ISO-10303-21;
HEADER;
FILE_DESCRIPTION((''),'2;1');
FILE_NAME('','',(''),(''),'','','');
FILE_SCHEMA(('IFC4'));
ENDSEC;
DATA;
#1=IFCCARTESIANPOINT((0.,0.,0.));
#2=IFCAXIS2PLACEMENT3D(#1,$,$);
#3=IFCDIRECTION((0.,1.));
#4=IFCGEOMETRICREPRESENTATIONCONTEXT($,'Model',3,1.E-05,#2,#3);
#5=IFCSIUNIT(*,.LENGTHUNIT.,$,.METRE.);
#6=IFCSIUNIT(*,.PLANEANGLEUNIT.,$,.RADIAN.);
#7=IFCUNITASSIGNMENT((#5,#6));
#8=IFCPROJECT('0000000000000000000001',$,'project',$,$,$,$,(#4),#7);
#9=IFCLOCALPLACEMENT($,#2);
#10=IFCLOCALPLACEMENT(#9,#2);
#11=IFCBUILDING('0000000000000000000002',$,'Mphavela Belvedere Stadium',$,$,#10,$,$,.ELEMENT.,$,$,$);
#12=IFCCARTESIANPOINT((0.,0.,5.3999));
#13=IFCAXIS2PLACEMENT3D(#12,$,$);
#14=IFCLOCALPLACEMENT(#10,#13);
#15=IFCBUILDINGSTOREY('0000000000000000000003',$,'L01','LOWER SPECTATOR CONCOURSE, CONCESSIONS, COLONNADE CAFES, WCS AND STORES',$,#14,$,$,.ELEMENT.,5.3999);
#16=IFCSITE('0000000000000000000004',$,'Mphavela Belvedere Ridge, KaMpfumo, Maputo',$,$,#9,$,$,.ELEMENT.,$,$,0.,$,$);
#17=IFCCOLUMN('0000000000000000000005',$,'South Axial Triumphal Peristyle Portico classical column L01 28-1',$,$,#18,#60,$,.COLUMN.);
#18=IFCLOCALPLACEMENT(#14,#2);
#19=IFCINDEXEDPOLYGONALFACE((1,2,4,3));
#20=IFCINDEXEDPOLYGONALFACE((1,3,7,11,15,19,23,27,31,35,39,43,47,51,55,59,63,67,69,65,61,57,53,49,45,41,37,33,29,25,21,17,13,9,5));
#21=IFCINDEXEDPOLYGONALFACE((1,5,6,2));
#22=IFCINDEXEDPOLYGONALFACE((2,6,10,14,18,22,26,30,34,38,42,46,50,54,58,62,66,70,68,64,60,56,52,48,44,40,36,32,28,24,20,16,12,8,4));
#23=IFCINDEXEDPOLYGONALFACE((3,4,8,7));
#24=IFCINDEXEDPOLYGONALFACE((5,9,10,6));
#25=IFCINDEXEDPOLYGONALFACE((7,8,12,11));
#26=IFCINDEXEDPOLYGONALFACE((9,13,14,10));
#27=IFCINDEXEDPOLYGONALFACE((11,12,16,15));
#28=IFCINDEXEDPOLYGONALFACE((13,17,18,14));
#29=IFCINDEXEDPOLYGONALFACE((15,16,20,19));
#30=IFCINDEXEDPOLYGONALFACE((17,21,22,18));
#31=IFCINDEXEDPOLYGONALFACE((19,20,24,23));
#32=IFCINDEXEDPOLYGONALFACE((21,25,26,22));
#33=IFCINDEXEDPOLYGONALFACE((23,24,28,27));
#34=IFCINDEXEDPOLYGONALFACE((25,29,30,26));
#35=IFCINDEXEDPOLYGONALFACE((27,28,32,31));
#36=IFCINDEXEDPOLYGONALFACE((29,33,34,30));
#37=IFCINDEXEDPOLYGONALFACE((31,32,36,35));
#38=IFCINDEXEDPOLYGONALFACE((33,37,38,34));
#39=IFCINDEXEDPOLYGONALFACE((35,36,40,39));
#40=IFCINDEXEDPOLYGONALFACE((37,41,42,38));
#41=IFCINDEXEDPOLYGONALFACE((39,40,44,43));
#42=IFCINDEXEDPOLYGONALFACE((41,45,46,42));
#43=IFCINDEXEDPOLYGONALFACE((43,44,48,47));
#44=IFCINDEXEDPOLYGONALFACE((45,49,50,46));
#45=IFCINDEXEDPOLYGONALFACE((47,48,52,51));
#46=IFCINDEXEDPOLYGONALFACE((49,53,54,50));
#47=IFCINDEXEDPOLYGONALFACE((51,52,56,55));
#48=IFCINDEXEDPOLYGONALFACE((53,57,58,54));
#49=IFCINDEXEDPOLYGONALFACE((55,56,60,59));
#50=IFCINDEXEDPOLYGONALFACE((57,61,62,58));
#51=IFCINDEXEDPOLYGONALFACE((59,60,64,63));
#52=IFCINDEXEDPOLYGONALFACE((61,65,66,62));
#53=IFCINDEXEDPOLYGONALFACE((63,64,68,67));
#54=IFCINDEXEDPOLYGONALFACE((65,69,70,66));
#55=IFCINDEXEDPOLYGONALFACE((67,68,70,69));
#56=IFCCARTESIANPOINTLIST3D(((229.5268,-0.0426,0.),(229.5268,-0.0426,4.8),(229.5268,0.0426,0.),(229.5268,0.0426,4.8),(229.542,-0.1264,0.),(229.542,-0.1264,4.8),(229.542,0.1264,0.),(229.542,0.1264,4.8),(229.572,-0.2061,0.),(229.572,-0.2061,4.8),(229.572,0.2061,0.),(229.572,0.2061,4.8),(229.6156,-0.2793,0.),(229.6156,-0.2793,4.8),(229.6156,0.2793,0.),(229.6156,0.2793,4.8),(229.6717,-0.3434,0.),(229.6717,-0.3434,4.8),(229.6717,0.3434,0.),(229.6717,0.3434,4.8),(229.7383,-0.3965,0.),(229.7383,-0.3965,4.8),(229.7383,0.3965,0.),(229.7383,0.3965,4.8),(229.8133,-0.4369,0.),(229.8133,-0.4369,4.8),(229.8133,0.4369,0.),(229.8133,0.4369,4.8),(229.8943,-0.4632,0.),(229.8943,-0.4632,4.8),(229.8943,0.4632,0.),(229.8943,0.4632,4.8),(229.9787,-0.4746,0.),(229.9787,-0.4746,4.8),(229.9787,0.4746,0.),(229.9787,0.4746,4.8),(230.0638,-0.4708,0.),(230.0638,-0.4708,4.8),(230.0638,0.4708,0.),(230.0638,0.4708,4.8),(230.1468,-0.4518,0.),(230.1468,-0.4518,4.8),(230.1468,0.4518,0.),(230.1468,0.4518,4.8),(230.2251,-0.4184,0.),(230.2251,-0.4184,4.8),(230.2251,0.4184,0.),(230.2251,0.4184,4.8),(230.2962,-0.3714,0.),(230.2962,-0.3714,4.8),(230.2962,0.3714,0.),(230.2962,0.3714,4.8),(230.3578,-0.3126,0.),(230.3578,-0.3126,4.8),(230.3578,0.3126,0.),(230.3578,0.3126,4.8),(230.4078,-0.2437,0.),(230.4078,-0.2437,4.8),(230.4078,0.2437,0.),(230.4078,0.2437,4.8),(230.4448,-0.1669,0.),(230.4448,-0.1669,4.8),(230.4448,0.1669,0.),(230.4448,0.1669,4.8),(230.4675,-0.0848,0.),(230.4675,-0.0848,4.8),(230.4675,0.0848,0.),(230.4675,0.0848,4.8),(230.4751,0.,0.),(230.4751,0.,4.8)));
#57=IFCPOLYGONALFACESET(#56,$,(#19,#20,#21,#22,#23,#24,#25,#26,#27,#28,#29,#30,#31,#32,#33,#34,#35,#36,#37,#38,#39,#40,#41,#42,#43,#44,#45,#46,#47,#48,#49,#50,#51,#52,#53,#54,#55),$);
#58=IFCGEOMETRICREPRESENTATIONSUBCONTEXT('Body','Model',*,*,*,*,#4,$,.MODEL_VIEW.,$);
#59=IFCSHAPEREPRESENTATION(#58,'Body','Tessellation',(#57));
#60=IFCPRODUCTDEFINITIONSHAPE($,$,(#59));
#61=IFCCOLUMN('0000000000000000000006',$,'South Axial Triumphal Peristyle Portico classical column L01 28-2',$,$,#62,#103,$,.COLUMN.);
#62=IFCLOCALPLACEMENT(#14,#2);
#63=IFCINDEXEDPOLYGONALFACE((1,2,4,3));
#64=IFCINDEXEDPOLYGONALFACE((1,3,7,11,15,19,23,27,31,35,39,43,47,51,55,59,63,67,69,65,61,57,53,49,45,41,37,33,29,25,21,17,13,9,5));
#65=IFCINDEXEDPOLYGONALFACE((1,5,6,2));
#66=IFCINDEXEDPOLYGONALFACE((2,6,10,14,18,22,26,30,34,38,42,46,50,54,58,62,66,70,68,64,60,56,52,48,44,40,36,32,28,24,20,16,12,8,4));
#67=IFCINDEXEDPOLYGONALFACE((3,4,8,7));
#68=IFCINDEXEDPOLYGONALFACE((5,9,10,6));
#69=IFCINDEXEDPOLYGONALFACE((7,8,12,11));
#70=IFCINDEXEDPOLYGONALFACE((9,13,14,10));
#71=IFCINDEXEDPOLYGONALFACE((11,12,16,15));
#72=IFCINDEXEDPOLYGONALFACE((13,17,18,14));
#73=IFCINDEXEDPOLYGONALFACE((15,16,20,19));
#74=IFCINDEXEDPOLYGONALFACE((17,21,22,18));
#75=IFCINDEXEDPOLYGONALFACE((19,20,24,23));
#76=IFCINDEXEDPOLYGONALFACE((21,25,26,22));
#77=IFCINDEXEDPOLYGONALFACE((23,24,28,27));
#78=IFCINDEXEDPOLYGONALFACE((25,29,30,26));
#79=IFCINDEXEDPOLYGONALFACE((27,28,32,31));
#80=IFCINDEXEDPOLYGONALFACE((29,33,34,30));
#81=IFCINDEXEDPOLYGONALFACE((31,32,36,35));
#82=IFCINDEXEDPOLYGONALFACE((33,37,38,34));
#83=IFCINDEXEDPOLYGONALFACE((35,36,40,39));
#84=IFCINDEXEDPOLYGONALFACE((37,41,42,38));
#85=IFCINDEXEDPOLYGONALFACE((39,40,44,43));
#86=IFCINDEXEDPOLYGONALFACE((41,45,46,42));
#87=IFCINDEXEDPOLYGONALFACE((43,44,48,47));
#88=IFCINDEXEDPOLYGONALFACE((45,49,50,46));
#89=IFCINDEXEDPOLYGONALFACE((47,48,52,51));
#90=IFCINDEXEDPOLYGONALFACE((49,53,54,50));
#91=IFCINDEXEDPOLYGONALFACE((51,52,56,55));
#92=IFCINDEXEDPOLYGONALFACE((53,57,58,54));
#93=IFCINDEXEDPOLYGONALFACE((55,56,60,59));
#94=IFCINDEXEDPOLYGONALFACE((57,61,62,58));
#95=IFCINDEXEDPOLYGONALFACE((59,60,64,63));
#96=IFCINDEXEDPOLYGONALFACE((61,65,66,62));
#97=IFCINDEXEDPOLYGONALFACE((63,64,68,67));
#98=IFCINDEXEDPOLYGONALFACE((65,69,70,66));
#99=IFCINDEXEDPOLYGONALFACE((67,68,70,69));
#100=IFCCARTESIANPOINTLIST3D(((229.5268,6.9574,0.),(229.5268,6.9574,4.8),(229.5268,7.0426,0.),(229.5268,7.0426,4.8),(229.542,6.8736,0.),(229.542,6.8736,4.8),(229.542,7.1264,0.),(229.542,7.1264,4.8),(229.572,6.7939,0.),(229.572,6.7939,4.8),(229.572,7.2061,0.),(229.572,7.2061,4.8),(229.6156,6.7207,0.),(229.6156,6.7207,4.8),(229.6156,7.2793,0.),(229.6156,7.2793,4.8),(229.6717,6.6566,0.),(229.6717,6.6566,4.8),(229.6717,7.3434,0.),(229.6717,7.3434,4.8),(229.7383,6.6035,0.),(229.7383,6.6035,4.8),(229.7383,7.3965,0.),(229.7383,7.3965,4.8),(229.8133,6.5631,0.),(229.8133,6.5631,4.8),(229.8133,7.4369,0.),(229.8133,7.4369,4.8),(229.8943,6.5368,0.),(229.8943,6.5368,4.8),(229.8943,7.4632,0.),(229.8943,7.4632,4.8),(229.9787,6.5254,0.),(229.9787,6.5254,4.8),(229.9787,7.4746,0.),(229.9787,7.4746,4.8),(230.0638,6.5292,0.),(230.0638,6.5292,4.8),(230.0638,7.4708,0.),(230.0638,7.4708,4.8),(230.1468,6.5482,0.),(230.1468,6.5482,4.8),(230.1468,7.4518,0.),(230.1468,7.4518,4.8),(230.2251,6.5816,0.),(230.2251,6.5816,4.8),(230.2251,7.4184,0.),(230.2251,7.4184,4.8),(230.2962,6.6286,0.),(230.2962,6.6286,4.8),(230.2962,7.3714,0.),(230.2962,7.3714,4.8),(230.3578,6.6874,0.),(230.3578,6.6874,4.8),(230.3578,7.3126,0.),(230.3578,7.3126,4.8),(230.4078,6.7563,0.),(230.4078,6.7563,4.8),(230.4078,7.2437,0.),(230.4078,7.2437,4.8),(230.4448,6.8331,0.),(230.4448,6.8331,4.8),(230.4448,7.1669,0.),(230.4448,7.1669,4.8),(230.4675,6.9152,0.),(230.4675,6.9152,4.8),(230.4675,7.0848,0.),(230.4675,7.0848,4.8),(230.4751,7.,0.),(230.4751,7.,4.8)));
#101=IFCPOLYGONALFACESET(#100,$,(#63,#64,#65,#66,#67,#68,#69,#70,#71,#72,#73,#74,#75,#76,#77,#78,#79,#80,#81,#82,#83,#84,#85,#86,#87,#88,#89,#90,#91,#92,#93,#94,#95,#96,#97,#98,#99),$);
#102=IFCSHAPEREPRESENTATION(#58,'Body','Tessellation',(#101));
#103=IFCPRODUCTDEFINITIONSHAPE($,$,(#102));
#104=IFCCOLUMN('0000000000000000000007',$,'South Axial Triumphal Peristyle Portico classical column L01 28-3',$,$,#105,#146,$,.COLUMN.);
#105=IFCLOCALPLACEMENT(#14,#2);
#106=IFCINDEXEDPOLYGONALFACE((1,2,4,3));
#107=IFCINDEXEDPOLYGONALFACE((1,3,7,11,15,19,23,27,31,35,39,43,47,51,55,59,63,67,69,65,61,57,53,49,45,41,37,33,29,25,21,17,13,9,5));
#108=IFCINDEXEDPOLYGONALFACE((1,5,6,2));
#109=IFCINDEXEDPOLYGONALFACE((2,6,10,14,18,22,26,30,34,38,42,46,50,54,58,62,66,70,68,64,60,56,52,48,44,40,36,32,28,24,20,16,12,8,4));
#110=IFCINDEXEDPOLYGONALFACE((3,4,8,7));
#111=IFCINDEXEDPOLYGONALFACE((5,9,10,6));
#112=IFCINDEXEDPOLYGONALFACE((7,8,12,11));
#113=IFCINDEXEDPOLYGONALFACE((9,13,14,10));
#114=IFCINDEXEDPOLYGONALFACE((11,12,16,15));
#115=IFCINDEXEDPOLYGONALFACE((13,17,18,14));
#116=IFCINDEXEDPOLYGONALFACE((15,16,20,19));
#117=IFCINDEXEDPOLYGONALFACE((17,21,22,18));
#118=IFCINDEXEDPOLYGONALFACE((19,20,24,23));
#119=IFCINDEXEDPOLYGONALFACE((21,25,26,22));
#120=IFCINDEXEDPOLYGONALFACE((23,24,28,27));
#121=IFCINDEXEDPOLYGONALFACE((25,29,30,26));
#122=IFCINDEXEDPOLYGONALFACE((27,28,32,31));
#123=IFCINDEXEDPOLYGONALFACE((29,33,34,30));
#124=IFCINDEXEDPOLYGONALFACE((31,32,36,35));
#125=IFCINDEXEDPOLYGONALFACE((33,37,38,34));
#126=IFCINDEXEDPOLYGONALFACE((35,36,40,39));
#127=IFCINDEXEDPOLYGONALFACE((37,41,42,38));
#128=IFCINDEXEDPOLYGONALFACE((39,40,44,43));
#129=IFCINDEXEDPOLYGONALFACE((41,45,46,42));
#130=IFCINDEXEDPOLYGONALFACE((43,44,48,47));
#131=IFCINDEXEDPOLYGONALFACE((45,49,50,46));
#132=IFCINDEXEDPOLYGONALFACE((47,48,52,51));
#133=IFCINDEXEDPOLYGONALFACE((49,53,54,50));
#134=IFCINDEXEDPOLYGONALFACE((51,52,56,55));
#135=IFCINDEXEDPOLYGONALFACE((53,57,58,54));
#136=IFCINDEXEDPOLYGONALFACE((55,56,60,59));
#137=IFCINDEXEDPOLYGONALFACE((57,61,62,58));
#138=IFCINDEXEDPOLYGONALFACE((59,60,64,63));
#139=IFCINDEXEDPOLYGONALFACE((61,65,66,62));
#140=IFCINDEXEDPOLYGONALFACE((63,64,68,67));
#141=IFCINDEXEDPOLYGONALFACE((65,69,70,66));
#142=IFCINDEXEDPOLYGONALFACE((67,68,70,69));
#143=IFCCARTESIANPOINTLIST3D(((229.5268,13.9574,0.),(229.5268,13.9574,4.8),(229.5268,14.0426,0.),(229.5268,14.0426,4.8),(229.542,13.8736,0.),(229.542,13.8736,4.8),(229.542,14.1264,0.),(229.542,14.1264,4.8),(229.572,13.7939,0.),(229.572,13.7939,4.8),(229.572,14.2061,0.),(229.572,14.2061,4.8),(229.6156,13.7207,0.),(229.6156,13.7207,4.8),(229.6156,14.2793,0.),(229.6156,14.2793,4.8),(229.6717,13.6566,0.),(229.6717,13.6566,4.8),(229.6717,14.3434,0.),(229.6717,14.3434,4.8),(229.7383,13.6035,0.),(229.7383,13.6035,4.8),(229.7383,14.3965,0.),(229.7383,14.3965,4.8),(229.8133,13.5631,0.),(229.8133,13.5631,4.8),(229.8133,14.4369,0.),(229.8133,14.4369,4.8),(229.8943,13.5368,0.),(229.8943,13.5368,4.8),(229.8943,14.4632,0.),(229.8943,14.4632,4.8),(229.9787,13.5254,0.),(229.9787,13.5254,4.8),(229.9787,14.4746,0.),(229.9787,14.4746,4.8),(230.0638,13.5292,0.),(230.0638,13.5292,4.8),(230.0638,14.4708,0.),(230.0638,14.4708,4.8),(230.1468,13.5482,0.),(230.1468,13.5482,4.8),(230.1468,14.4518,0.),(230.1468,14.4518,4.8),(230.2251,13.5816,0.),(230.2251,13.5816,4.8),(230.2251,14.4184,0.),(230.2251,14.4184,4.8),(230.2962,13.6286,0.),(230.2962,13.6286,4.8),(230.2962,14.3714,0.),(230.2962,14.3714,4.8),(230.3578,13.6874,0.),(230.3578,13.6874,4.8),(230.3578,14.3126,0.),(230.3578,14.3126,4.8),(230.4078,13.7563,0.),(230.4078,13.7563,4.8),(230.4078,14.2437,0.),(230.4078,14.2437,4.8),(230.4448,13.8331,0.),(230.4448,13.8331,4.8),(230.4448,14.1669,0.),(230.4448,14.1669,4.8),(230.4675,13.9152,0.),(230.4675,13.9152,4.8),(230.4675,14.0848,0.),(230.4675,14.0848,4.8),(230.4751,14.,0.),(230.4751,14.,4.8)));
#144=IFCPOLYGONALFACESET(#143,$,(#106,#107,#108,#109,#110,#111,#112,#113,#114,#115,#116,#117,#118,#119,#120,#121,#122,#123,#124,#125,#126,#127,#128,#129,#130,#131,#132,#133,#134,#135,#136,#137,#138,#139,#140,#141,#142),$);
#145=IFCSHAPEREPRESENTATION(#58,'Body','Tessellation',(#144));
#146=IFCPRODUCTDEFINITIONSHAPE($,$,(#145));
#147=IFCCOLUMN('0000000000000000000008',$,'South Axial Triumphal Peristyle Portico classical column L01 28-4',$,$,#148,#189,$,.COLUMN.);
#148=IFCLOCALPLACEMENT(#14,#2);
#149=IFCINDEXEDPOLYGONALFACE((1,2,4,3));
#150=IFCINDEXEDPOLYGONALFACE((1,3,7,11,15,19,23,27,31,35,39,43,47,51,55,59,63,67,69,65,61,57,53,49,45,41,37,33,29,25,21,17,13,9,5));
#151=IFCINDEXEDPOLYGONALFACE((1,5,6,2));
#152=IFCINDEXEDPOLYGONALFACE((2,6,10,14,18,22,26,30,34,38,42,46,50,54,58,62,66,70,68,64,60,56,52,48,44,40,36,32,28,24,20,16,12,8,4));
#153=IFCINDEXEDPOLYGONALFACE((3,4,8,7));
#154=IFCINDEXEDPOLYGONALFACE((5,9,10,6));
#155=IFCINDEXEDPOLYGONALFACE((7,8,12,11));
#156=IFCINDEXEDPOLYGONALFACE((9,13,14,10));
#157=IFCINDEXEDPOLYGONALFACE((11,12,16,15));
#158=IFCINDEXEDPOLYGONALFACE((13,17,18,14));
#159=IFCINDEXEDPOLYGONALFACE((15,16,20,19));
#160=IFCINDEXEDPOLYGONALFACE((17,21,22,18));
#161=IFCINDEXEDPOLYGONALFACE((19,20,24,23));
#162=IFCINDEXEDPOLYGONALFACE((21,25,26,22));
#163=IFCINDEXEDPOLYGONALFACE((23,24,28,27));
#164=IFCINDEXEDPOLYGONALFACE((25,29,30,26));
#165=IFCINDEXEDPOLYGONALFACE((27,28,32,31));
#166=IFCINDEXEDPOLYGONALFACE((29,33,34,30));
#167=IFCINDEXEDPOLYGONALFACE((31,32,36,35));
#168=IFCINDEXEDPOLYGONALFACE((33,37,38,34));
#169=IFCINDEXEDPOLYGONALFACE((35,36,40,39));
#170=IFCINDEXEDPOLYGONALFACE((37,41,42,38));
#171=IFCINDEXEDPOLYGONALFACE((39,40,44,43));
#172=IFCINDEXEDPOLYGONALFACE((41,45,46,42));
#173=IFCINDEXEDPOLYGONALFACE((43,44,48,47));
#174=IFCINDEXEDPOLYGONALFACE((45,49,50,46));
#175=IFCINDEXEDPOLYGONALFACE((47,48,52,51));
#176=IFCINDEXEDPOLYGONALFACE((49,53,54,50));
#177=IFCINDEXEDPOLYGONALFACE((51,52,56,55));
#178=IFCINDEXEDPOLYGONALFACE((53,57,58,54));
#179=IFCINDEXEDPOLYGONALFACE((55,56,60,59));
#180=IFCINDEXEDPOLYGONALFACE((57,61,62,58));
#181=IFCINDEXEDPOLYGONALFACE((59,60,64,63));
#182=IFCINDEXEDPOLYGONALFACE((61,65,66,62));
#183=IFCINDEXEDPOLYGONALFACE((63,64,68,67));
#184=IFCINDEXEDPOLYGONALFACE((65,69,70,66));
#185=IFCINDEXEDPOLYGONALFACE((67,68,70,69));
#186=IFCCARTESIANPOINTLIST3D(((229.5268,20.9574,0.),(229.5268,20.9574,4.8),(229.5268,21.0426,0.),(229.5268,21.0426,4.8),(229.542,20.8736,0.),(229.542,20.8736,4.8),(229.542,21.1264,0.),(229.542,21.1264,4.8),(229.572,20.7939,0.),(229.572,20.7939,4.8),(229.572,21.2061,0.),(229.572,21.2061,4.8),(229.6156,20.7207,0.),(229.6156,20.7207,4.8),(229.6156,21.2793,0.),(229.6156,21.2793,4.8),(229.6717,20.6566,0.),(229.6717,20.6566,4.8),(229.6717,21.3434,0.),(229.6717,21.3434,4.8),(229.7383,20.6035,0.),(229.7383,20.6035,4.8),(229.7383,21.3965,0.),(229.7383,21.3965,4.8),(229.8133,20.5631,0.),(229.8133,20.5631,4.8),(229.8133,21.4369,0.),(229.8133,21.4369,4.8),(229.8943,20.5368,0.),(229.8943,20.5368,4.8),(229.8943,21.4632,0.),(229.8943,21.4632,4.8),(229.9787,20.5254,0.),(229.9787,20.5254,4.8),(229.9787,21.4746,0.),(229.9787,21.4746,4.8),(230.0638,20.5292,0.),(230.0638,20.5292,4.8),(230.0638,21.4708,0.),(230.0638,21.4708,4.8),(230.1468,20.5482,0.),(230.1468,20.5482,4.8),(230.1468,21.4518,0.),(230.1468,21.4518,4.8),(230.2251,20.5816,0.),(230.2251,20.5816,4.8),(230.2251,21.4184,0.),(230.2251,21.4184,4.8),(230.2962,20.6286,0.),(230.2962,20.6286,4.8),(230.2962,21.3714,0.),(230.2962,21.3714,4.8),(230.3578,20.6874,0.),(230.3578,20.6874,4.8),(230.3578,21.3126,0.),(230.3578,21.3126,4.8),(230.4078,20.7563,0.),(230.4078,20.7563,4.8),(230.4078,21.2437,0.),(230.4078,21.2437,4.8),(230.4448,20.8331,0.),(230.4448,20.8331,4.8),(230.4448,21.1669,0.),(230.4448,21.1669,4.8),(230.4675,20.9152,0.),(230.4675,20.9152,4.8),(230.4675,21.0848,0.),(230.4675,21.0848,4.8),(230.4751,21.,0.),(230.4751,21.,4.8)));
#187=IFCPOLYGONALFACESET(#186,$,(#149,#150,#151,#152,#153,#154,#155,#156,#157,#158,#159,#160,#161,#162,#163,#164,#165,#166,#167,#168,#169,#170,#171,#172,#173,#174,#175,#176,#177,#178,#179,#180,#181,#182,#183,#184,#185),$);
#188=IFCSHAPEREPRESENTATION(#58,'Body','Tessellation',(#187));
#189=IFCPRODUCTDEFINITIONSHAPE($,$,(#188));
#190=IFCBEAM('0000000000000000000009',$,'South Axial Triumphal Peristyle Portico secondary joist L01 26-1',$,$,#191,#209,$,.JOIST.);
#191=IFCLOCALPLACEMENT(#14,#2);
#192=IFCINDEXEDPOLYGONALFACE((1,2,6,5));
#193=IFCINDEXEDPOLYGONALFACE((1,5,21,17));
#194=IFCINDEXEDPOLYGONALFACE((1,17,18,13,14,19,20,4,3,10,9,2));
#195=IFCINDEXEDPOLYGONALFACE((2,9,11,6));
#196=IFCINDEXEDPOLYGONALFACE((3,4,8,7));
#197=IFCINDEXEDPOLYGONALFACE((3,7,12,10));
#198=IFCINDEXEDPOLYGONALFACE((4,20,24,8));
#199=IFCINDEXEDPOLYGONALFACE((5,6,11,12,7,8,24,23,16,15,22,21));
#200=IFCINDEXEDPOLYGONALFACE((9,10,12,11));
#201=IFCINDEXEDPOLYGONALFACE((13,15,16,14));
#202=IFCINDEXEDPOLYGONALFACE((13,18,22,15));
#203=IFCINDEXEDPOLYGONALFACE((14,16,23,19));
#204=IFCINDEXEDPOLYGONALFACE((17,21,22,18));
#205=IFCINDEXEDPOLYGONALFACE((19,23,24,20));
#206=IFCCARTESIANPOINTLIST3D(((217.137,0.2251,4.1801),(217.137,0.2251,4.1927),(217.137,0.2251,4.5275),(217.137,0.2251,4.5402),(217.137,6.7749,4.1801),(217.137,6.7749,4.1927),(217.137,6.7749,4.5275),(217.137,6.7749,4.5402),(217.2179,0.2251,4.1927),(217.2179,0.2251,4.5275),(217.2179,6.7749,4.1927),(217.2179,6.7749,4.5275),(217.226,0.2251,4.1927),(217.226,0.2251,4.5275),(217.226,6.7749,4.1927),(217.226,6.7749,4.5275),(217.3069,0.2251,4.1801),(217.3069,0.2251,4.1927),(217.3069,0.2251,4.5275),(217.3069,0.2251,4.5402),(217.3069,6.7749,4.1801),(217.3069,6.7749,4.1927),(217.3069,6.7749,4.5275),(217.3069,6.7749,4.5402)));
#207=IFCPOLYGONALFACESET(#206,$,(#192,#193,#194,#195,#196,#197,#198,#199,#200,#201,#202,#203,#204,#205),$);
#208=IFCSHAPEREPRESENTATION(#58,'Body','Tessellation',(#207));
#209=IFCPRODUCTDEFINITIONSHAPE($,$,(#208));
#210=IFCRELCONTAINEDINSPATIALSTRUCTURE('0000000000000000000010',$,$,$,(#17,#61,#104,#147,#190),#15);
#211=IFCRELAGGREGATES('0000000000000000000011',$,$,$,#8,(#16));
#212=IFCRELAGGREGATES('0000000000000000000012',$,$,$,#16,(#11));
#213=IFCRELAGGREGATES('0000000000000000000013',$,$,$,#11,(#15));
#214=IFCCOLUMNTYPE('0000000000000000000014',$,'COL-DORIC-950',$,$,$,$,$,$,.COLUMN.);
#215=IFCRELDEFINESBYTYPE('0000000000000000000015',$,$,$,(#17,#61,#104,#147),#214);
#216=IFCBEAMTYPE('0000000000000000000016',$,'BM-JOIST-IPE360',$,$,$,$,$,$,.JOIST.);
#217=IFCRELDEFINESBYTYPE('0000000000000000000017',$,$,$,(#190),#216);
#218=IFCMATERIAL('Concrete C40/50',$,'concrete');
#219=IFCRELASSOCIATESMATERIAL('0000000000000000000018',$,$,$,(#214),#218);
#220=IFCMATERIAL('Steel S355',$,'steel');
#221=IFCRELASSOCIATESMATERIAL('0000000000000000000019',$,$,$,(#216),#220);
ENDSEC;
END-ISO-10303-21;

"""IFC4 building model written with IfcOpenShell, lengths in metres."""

from ifc_helpers import new_model, si_unit, direction, frame, origin, origin_2d, place, context, subcontext, project, spatial, circle, i_section, extrude, material, material_profile, profile_set, type_object, element, save


model = new_model("IFC4")

# Units and contexts
model_context = context("Model", 3, precision=1e-05, world=origin(), true_north=direction((0.0, 1.0)))
body_context = subcontext(model_context, "Body", "Model", "MODEL_VIEW")
ifc_project = project(units=[si_unit("LENGTHUNIT", "METRE"), si_unit("PLANEANGLEUNIT", "RADIAN")], contexts=[model_context])

# Site, building, storey
site_placement = place(None, origin())
site = spatial("IfcSite", under=ifc_project, at=site_placement, Name="Mphavela Belvedere Ridge, KaMpfumo, Maputo", CompositionType="ELEMENT", RefElevation=0.0)
building_placement = place(site_placement, origin())
building = spatial("IfcBuilding", under=site, at=building_placement, Name="Mphavela Belvedere Stadium", CompositionType="ELEMENT")
storey_placement = place(building_placement, frame((0.0, 0.0, 5.3999)))
storey = spatial("IfcBuildingStorey", under=building, at=storey_placement, Name="L01", Description="LOWER SPECTATOR CONCOURSE, CONCESSIONS, COLONNADE CAFES, WCS AND STORES", CompositionType="ELEMENT", Elevation=5.3999)

# Columns
ifc_material_1 = material(Name="Concrete C40/50", Category="concrete")
ifc_material_profile_1 = material_profile(ifc_material_1, circle(Radius=0.4751, at=origin_2d()), Name="COL D950")
ifc_profile_set_1 = profile_set([ifc_material_profile_1], Name="Concrete C40/50")
column_type = type_object("IfcColumnType", Name="COL-DORIC-950", PredefinedType="COLUMN", material=ifc_profile_set_1)
for number, where, z_axis, x_axis, name in (
    (1, (230.0, 0.0, 0.0), (0.0, 0.0, 1.0), (1.0, 0.0, 0.0), "South Axial Triumphal Peristyle Portico classical column L01 28-1"),
    (2, (230.0, 7.0, 0.0), (0.0, 0.0, 1.0), (1.0, 0.0, 0.0), "South Axial Triumphal Peristyle Portico classical column L01 28-2"),
    (3, (230.0, 14.0, 0.0), (0.0, 0.0, 1.0), (1.0, 0.0, 0.0), "South Axial Triumphal Peristyle Portico classical column L01 28-3"),
    (4, (230.0, 21.0, 0.0), (0.0, 0.0, 1.0), (1.0, 0.0, 0.0), "South Axial Triumphal Peristyle Portico classical column L01 28-4"),
):
    element("IfcColumn", number, at=place(storey_placement, frame(where, z_axis=z_axis, x_axis=x_axis)), inside=storey, type_object=column_type, Name=name, PredefinedType="COLUMN", context=body_context, shape_type="SweptSolid", body=[
        extrude(circle(Radius=0.4751, at=origin_2d()), origin(), (0.0, 0.0, 1.0), 4.8),
    ])

# Beam
ifc_material_2 = material(Name="Steel S355", Category="steel")
ifc_material_profile_2 = material_profile(ifc_material_2, i_section(OverallWidth=0.1699, OverallDepth=0.3601, WebThickness=0.0081, FlangeThickness=0.0127, at=origin_2d()), Name="IPE 360")
ifc_profile_set_2 = profile_set([ifc_material_profile_2], Name="Steel S355")
beam_type_1 = type_object("IfcBeamType", Name="BM-JOIST-IPE360", PredefinedType="JOIST", material=ifc_profile_set_2)
for number, where, z_axis, x_axis, name in (
    (5, (217.2219, 0.2251, 4.3601), (0.0, 1.0, 0.0), (-1.0, 0.0, 0.0), "South Axial Triumphal Peristyle Portico secondary joist L01 26-1"),
):
    element("IfcBeam", number, at=place(storey_placement, frame(where, z_axis=z_axis, x_axis=x_axis)), inside=storey, type_object=beam_type_1, Name=name, PredefinedType="JOIST", context=body_context, shape_type="SweptSolid", body=[
        extrude(i_section(OverallWidth=0.1699, OverallDepth=0.3601, WebThickness=0.0081, FlangeThickness=0.0127, at=origin_2d()), origin(), (0.0, 0.0, 1.0), 6.5498),
    ])

save(model, "model.ifc")
